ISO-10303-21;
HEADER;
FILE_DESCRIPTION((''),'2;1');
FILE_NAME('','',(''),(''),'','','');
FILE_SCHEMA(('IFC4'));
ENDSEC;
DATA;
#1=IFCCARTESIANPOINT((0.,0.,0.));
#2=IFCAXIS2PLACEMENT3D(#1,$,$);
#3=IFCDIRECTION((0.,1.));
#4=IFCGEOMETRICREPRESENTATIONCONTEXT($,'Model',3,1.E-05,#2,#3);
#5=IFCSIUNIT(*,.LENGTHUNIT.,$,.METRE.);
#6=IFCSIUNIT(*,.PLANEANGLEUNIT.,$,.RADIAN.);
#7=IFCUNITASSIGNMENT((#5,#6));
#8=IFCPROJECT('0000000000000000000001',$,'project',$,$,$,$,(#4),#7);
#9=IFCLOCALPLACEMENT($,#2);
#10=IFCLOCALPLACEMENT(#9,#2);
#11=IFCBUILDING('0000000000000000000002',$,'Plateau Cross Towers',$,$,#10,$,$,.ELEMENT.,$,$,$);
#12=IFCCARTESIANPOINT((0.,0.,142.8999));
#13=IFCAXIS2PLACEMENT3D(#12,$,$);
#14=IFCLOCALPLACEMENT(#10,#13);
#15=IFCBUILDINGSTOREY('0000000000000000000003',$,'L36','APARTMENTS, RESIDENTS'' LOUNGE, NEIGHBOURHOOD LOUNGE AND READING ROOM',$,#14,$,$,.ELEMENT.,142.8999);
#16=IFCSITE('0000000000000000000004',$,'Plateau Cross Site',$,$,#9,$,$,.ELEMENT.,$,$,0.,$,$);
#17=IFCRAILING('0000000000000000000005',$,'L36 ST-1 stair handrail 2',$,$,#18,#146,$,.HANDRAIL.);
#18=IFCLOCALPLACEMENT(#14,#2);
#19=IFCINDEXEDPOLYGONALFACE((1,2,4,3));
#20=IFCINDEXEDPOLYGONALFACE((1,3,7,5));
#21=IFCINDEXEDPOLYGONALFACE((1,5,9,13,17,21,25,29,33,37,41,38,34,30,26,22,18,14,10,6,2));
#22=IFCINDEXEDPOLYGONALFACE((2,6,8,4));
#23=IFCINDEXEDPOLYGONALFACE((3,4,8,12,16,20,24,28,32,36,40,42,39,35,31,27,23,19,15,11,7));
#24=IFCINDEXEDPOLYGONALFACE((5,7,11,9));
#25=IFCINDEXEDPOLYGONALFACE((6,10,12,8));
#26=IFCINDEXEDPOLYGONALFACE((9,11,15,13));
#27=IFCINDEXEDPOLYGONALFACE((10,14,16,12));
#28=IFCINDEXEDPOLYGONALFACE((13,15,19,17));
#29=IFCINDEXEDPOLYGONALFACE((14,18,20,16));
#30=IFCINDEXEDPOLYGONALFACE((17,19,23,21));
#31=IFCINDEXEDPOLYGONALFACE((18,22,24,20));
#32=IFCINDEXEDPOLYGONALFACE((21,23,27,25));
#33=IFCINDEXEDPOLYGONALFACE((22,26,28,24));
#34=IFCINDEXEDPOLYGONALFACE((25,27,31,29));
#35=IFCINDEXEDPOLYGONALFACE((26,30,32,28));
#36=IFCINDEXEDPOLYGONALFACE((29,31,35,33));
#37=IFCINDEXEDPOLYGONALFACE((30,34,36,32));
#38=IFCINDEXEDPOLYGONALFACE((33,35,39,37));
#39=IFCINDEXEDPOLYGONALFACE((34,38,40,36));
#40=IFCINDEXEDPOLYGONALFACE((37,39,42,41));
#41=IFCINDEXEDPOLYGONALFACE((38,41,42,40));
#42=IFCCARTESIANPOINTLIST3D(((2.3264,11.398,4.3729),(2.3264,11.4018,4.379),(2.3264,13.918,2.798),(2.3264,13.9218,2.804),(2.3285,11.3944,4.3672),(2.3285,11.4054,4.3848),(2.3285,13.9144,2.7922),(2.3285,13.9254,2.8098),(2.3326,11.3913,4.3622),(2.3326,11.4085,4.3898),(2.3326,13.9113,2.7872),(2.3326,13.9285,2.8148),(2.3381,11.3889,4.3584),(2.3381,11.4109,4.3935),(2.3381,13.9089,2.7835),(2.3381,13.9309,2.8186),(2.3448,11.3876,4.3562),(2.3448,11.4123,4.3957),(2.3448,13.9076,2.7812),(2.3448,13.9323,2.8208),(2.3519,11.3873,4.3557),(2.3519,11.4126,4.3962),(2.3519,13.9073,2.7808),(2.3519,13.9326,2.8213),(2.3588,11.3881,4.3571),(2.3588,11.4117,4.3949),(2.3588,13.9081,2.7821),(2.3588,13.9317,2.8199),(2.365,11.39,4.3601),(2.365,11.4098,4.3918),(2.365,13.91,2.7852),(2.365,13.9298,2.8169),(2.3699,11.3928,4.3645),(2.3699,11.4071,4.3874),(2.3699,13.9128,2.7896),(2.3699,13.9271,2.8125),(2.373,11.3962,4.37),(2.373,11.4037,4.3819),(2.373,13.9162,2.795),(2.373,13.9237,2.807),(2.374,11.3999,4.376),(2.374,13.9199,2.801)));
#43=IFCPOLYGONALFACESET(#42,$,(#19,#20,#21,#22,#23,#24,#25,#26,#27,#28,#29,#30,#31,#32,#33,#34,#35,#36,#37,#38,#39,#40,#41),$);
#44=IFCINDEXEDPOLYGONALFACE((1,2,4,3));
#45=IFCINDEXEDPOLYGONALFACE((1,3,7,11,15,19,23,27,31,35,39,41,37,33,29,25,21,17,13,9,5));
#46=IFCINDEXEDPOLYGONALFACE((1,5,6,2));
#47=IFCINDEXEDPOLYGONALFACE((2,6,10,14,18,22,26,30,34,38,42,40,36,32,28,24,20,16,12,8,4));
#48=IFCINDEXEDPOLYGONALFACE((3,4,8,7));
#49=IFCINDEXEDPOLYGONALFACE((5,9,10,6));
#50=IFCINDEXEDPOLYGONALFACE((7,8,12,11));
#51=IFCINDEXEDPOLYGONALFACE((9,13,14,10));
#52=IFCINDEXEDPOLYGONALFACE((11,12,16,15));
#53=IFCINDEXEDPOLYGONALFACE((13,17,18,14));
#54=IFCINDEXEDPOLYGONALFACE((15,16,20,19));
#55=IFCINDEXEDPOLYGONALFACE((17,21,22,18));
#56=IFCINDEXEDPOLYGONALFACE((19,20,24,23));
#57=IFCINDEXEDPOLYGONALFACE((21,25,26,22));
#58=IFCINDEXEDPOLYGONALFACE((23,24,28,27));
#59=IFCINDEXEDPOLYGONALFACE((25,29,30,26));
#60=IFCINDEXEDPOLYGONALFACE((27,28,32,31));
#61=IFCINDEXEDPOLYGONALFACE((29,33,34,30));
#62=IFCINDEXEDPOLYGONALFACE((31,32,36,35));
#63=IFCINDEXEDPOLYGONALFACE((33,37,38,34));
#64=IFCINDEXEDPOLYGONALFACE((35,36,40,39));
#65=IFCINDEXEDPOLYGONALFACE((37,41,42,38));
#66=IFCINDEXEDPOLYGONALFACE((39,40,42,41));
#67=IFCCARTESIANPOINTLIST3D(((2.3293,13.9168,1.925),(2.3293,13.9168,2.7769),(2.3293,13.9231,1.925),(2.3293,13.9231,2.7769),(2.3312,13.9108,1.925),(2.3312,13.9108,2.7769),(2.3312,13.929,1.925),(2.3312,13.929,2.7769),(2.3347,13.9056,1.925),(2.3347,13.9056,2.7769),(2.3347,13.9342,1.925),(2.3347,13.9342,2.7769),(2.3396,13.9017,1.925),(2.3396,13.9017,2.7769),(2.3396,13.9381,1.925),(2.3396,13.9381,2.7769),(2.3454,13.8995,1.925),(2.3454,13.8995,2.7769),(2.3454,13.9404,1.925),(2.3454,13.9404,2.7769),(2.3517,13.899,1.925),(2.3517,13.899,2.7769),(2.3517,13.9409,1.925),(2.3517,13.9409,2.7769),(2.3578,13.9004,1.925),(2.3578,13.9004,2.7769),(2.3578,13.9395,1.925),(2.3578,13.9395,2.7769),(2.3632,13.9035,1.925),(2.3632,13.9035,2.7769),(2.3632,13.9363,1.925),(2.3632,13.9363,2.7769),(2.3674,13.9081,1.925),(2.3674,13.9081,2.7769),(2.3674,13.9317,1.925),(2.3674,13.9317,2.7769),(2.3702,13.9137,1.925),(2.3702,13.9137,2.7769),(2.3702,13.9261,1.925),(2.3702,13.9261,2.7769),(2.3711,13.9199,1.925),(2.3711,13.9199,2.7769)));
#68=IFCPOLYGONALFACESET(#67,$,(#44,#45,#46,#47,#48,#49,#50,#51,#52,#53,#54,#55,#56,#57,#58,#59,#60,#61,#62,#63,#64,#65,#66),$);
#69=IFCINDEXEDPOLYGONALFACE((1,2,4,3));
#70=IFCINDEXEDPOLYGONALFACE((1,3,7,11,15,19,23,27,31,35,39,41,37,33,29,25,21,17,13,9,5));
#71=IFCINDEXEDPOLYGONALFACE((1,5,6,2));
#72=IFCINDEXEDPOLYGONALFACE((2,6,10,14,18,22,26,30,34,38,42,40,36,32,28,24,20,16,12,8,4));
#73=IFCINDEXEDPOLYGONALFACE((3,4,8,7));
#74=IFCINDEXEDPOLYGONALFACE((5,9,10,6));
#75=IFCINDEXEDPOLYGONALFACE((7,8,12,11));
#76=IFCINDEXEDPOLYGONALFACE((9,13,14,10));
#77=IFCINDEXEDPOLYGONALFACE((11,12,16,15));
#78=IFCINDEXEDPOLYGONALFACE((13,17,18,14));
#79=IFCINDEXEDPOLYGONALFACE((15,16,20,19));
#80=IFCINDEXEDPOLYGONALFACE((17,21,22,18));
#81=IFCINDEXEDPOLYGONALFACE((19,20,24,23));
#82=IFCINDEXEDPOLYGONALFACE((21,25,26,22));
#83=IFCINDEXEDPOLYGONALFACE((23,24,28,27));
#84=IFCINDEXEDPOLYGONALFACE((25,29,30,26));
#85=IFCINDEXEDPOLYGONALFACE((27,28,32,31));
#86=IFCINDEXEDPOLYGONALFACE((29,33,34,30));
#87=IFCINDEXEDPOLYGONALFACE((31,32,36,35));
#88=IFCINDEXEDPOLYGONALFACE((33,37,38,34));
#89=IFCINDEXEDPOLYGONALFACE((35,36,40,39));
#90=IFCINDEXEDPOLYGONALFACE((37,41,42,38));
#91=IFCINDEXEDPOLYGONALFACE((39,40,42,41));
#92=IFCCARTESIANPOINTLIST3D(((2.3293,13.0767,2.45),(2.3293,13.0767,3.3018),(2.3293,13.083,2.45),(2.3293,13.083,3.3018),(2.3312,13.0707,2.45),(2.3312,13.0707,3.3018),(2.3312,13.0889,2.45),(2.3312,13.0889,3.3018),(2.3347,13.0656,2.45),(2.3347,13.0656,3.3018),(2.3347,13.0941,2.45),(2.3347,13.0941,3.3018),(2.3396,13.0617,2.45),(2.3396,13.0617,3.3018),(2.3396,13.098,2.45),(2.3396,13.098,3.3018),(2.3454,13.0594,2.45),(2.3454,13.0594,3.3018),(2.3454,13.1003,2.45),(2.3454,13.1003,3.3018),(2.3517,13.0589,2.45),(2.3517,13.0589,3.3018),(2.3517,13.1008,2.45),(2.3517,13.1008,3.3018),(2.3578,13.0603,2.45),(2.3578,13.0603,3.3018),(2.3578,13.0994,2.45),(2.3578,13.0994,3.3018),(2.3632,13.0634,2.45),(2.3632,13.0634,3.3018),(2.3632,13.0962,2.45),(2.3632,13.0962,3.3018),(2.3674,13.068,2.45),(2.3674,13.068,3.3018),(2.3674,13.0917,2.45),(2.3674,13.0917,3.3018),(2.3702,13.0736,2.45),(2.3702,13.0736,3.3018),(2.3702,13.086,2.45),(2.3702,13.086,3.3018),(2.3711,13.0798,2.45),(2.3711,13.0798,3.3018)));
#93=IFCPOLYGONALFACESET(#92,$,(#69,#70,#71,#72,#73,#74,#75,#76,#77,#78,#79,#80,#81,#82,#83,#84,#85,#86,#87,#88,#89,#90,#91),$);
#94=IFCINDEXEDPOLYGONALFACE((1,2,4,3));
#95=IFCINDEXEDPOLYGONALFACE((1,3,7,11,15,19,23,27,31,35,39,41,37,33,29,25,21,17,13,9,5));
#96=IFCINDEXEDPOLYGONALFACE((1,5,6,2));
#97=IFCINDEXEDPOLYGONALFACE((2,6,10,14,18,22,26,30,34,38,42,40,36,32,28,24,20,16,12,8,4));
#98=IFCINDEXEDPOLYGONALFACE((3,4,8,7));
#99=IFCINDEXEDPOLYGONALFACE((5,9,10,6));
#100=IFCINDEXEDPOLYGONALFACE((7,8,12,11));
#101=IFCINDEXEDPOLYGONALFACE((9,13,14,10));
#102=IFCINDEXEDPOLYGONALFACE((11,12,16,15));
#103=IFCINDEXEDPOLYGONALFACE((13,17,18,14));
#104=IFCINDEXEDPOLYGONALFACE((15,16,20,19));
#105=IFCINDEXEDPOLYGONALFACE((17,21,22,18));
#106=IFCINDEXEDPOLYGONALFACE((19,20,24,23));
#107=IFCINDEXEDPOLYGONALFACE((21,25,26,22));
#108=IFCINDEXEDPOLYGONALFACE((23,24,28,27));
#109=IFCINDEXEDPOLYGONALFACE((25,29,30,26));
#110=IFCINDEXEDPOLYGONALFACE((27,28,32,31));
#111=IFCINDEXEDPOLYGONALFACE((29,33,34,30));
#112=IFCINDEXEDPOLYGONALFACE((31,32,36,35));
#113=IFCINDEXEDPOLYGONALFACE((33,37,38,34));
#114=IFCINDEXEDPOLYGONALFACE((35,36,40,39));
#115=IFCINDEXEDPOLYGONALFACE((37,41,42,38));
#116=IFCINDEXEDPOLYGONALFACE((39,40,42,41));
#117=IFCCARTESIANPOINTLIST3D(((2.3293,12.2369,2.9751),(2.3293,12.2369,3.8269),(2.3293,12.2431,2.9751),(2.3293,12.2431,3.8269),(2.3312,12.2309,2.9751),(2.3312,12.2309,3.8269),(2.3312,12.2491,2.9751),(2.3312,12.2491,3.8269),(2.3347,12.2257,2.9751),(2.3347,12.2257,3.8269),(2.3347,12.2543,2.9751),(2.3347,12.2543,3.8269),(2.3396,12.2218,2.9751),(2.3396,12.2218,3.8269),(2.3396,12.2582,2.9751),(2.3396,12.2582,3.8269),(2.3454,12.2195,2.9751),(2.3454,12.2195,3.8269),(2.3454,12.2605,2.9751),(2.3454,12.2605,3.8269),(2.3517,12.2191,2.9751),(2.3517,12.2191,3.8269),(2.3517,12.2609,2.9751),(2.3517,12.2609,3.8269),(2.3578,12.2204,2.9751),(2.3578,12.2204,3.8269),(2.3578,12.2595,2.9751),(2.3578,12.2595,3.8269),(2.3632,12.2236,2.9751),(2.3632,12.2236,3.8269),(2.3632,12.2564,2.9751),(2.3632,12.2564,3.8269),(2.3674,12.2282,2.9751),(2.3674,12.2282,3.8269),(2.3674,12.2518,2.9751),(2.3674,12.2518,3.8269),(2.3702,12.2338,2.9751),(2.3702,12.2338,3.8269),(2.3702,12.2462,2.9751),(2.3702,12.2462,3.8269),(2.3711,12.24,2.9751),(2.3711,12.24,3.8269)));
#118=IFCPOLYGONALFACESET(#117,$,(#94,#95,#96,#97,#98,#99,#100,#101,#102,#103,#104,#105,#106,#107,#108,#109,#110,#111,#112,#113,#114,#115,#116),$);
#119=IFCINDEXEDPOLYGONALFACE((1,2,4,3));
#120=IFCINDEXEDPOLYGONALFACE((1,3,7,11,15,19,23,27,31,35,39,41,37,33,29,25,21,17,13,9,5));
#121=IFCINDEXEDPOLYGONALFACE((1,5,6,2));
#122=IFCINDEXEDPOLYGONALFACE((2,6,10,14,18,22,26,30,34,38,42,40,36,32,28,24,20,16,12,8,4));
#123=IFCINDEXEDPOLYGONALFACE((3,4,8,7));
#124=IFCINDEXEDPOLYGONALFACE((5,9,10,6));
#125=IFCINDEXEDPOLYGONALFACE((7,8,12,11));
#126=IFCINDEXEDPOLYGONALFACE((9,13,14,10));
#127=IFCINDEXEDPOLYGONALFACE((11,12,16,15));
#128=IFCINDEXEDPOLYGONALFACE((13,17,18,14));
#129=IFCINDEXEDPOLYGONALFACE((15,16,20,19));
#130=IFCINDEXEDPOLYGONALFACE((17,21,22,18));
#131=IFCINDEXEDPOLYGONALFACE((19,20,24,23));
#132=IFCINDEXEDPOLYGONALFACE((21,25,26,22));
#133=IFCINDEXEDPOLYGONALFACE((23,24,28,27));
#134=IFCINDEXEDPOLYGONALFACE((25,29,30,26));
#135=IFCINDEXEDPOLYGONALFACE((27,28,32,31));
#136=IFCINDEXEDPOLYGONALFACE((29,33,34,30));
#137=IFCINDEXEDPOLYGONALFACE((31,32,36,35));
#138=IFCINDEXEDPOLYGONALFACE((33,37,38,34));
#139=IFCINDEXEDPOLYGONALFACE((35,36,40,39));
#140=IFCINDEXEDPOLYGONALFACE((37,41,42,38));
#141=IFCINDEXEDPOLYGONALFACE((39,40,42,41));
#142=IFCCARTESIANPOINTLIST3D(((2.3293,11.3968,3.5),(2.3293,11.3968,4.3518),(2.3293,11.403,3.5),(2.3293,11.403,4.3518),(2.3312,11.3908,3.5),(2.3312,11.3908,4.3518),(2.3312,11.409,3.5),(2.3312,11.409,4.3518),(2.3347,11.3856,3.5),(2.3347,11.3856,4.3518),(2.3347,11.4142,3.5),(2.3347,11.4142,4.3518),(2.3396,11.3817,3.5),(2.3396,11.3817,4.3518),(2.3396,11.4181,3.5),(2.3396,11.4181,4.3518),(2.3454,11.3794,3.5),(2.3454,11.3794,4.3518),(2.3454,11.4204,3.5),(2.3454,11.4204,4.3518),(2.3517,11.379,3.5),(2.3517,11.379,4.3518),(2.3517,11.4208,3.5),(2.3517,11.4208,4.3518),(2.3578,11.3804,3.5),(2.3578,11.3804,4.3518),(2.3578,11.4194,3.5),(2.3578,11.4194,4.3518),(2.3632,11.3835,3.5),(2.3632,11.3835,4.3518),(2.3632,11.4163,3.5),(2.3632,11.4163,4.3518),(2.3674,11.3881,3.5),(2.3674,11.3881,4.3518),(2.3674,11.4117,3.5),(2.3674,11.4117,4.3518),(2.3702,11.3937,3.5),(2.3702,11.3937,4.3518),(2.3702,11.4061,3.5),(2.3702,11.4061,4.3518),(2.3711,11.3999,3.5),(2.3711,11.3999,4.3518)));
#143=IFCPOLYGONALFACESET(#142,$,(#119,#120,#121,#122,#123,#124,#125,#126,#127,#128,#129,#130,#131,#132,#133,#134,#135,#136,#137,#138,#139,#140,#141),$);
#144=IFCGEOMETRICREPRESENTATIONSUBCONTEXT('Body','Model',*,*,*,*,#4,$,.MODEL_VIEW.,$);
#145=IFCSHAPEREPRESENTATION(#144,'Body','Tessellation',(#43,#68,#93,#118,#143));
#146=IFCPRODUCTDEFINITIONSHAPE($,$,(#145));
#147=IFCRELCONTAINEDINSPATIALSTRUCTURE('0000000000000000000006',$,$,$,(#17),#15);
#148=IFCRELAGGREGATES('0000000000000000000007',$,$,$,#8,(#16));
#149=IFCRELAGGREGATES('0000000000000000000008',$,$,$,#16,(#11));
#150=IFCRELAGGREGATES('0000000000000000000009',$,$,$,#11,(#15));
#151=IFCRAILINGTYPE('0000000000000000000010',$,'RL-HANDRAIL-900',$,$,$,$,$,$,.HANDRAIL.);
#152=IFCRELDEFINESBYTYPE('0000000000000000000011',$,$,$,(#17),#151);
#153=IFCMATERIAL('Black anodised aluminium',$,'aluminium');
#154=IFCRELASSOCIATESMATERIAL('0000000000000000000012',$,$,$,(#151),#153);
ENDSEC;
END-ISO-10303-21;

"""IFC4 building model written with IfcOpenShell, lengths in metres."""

from ifc_helpers import new_model, si_unit, direction, frame, origin, origin_2d, place, context, subcontext, project, spatial, circle, extrude, material, type_object, element, save


model = new_model("IFC4")

# Units and contexts
model_context = context("Model", 3, precision=1e-05, world=origin(), true_north=direction((0.0, 1.0)))
body_context = subcontext(model_context, "Body", "Model", "MODEL_VIEW")
ifc_project = project(units=[si_unit("LENGTHUNIT", "METRE"), si_unit("PLANEANGLEUNIT", "RADIAN")], contexts=[model_context])

# Site, building, storey
site_placement = place(None, origin())
site = spatial("IfcSite", under=ifc_project, at=site_placement, Name="Plateau Cross Site", CompositionType="ELEMENT", RefElevation=0.0)
building_placement = place(site_placement, origin())
building = spatial("IfcBuilding", under=site, at=building_placement, Name="Plateau Cross Towers", CompositionType="ELEMENT")
storey_placement = place(building_placement, frame((0.0, 0.0, 142.8999)))
storey = spatial("IfcBuildingStorey", under=building, at=storey_placement, Name="L36", Description="APARTMENTS, RESIDENTS' LOUNGE, NEIGHBOURHOOD LOUNGE AND READING ROOM", CompositionType="ELEMENT", Elevation=142.8999)

# Shared definitions
ifc_material_1 = material(Name="Black anodised aluminium", Category="aluminium")

# Railing
railing_type_1 = type_object("IfcRailingType", Name="RL-HANDRAIL-900", PredefinedType="HANDRAIL", material=ifc_material_1)
railing_1_placement = place(storey_placement, frame((2.3501, 13.9199, 1.925)))
element("IfcRailing", 1, at=railing_1_placement, inside=storey, type_object=railing_type_1, Name="L36 ST-1 stair handrail 2", PredefinedType="HANDRAIL", context=body_context, shape_type="SweptSolid", body=[
    extrude(circle(Radius=0.0239, at=origin_2d()), frame((0.0, 0.0, 0.876), z_axis=(0.0, -0.848008, 0.529984), x_axis=(1.0, 0.0, 0.0)), (0.0, 0.0, 1.0), 2.9717),
    extrude(circle(Radius=0.021, at=origin_2d()), origin(), (0.0, 0.0, 1.0), 0.8518),
    extrude(circle(Radius=0.021, at=origin_2d()), frame((0.0, -0.8401, 0.5249)), (0.0, 0.0, 1.0), 0.8518),
    extrude(circle(Radius=0.021, at=origin_2d()), frame((0.0, -1.6799, 1.05)), (0.0, 0.0, 1.0), 0.8518),
    extrude(circle(Radius=0.021, at=origin_2d()), frame((0.0, -2.52, 1.575)), (0.0, 0.0, 1.0), 0.8518),
])

save(model, "model.ifc")
